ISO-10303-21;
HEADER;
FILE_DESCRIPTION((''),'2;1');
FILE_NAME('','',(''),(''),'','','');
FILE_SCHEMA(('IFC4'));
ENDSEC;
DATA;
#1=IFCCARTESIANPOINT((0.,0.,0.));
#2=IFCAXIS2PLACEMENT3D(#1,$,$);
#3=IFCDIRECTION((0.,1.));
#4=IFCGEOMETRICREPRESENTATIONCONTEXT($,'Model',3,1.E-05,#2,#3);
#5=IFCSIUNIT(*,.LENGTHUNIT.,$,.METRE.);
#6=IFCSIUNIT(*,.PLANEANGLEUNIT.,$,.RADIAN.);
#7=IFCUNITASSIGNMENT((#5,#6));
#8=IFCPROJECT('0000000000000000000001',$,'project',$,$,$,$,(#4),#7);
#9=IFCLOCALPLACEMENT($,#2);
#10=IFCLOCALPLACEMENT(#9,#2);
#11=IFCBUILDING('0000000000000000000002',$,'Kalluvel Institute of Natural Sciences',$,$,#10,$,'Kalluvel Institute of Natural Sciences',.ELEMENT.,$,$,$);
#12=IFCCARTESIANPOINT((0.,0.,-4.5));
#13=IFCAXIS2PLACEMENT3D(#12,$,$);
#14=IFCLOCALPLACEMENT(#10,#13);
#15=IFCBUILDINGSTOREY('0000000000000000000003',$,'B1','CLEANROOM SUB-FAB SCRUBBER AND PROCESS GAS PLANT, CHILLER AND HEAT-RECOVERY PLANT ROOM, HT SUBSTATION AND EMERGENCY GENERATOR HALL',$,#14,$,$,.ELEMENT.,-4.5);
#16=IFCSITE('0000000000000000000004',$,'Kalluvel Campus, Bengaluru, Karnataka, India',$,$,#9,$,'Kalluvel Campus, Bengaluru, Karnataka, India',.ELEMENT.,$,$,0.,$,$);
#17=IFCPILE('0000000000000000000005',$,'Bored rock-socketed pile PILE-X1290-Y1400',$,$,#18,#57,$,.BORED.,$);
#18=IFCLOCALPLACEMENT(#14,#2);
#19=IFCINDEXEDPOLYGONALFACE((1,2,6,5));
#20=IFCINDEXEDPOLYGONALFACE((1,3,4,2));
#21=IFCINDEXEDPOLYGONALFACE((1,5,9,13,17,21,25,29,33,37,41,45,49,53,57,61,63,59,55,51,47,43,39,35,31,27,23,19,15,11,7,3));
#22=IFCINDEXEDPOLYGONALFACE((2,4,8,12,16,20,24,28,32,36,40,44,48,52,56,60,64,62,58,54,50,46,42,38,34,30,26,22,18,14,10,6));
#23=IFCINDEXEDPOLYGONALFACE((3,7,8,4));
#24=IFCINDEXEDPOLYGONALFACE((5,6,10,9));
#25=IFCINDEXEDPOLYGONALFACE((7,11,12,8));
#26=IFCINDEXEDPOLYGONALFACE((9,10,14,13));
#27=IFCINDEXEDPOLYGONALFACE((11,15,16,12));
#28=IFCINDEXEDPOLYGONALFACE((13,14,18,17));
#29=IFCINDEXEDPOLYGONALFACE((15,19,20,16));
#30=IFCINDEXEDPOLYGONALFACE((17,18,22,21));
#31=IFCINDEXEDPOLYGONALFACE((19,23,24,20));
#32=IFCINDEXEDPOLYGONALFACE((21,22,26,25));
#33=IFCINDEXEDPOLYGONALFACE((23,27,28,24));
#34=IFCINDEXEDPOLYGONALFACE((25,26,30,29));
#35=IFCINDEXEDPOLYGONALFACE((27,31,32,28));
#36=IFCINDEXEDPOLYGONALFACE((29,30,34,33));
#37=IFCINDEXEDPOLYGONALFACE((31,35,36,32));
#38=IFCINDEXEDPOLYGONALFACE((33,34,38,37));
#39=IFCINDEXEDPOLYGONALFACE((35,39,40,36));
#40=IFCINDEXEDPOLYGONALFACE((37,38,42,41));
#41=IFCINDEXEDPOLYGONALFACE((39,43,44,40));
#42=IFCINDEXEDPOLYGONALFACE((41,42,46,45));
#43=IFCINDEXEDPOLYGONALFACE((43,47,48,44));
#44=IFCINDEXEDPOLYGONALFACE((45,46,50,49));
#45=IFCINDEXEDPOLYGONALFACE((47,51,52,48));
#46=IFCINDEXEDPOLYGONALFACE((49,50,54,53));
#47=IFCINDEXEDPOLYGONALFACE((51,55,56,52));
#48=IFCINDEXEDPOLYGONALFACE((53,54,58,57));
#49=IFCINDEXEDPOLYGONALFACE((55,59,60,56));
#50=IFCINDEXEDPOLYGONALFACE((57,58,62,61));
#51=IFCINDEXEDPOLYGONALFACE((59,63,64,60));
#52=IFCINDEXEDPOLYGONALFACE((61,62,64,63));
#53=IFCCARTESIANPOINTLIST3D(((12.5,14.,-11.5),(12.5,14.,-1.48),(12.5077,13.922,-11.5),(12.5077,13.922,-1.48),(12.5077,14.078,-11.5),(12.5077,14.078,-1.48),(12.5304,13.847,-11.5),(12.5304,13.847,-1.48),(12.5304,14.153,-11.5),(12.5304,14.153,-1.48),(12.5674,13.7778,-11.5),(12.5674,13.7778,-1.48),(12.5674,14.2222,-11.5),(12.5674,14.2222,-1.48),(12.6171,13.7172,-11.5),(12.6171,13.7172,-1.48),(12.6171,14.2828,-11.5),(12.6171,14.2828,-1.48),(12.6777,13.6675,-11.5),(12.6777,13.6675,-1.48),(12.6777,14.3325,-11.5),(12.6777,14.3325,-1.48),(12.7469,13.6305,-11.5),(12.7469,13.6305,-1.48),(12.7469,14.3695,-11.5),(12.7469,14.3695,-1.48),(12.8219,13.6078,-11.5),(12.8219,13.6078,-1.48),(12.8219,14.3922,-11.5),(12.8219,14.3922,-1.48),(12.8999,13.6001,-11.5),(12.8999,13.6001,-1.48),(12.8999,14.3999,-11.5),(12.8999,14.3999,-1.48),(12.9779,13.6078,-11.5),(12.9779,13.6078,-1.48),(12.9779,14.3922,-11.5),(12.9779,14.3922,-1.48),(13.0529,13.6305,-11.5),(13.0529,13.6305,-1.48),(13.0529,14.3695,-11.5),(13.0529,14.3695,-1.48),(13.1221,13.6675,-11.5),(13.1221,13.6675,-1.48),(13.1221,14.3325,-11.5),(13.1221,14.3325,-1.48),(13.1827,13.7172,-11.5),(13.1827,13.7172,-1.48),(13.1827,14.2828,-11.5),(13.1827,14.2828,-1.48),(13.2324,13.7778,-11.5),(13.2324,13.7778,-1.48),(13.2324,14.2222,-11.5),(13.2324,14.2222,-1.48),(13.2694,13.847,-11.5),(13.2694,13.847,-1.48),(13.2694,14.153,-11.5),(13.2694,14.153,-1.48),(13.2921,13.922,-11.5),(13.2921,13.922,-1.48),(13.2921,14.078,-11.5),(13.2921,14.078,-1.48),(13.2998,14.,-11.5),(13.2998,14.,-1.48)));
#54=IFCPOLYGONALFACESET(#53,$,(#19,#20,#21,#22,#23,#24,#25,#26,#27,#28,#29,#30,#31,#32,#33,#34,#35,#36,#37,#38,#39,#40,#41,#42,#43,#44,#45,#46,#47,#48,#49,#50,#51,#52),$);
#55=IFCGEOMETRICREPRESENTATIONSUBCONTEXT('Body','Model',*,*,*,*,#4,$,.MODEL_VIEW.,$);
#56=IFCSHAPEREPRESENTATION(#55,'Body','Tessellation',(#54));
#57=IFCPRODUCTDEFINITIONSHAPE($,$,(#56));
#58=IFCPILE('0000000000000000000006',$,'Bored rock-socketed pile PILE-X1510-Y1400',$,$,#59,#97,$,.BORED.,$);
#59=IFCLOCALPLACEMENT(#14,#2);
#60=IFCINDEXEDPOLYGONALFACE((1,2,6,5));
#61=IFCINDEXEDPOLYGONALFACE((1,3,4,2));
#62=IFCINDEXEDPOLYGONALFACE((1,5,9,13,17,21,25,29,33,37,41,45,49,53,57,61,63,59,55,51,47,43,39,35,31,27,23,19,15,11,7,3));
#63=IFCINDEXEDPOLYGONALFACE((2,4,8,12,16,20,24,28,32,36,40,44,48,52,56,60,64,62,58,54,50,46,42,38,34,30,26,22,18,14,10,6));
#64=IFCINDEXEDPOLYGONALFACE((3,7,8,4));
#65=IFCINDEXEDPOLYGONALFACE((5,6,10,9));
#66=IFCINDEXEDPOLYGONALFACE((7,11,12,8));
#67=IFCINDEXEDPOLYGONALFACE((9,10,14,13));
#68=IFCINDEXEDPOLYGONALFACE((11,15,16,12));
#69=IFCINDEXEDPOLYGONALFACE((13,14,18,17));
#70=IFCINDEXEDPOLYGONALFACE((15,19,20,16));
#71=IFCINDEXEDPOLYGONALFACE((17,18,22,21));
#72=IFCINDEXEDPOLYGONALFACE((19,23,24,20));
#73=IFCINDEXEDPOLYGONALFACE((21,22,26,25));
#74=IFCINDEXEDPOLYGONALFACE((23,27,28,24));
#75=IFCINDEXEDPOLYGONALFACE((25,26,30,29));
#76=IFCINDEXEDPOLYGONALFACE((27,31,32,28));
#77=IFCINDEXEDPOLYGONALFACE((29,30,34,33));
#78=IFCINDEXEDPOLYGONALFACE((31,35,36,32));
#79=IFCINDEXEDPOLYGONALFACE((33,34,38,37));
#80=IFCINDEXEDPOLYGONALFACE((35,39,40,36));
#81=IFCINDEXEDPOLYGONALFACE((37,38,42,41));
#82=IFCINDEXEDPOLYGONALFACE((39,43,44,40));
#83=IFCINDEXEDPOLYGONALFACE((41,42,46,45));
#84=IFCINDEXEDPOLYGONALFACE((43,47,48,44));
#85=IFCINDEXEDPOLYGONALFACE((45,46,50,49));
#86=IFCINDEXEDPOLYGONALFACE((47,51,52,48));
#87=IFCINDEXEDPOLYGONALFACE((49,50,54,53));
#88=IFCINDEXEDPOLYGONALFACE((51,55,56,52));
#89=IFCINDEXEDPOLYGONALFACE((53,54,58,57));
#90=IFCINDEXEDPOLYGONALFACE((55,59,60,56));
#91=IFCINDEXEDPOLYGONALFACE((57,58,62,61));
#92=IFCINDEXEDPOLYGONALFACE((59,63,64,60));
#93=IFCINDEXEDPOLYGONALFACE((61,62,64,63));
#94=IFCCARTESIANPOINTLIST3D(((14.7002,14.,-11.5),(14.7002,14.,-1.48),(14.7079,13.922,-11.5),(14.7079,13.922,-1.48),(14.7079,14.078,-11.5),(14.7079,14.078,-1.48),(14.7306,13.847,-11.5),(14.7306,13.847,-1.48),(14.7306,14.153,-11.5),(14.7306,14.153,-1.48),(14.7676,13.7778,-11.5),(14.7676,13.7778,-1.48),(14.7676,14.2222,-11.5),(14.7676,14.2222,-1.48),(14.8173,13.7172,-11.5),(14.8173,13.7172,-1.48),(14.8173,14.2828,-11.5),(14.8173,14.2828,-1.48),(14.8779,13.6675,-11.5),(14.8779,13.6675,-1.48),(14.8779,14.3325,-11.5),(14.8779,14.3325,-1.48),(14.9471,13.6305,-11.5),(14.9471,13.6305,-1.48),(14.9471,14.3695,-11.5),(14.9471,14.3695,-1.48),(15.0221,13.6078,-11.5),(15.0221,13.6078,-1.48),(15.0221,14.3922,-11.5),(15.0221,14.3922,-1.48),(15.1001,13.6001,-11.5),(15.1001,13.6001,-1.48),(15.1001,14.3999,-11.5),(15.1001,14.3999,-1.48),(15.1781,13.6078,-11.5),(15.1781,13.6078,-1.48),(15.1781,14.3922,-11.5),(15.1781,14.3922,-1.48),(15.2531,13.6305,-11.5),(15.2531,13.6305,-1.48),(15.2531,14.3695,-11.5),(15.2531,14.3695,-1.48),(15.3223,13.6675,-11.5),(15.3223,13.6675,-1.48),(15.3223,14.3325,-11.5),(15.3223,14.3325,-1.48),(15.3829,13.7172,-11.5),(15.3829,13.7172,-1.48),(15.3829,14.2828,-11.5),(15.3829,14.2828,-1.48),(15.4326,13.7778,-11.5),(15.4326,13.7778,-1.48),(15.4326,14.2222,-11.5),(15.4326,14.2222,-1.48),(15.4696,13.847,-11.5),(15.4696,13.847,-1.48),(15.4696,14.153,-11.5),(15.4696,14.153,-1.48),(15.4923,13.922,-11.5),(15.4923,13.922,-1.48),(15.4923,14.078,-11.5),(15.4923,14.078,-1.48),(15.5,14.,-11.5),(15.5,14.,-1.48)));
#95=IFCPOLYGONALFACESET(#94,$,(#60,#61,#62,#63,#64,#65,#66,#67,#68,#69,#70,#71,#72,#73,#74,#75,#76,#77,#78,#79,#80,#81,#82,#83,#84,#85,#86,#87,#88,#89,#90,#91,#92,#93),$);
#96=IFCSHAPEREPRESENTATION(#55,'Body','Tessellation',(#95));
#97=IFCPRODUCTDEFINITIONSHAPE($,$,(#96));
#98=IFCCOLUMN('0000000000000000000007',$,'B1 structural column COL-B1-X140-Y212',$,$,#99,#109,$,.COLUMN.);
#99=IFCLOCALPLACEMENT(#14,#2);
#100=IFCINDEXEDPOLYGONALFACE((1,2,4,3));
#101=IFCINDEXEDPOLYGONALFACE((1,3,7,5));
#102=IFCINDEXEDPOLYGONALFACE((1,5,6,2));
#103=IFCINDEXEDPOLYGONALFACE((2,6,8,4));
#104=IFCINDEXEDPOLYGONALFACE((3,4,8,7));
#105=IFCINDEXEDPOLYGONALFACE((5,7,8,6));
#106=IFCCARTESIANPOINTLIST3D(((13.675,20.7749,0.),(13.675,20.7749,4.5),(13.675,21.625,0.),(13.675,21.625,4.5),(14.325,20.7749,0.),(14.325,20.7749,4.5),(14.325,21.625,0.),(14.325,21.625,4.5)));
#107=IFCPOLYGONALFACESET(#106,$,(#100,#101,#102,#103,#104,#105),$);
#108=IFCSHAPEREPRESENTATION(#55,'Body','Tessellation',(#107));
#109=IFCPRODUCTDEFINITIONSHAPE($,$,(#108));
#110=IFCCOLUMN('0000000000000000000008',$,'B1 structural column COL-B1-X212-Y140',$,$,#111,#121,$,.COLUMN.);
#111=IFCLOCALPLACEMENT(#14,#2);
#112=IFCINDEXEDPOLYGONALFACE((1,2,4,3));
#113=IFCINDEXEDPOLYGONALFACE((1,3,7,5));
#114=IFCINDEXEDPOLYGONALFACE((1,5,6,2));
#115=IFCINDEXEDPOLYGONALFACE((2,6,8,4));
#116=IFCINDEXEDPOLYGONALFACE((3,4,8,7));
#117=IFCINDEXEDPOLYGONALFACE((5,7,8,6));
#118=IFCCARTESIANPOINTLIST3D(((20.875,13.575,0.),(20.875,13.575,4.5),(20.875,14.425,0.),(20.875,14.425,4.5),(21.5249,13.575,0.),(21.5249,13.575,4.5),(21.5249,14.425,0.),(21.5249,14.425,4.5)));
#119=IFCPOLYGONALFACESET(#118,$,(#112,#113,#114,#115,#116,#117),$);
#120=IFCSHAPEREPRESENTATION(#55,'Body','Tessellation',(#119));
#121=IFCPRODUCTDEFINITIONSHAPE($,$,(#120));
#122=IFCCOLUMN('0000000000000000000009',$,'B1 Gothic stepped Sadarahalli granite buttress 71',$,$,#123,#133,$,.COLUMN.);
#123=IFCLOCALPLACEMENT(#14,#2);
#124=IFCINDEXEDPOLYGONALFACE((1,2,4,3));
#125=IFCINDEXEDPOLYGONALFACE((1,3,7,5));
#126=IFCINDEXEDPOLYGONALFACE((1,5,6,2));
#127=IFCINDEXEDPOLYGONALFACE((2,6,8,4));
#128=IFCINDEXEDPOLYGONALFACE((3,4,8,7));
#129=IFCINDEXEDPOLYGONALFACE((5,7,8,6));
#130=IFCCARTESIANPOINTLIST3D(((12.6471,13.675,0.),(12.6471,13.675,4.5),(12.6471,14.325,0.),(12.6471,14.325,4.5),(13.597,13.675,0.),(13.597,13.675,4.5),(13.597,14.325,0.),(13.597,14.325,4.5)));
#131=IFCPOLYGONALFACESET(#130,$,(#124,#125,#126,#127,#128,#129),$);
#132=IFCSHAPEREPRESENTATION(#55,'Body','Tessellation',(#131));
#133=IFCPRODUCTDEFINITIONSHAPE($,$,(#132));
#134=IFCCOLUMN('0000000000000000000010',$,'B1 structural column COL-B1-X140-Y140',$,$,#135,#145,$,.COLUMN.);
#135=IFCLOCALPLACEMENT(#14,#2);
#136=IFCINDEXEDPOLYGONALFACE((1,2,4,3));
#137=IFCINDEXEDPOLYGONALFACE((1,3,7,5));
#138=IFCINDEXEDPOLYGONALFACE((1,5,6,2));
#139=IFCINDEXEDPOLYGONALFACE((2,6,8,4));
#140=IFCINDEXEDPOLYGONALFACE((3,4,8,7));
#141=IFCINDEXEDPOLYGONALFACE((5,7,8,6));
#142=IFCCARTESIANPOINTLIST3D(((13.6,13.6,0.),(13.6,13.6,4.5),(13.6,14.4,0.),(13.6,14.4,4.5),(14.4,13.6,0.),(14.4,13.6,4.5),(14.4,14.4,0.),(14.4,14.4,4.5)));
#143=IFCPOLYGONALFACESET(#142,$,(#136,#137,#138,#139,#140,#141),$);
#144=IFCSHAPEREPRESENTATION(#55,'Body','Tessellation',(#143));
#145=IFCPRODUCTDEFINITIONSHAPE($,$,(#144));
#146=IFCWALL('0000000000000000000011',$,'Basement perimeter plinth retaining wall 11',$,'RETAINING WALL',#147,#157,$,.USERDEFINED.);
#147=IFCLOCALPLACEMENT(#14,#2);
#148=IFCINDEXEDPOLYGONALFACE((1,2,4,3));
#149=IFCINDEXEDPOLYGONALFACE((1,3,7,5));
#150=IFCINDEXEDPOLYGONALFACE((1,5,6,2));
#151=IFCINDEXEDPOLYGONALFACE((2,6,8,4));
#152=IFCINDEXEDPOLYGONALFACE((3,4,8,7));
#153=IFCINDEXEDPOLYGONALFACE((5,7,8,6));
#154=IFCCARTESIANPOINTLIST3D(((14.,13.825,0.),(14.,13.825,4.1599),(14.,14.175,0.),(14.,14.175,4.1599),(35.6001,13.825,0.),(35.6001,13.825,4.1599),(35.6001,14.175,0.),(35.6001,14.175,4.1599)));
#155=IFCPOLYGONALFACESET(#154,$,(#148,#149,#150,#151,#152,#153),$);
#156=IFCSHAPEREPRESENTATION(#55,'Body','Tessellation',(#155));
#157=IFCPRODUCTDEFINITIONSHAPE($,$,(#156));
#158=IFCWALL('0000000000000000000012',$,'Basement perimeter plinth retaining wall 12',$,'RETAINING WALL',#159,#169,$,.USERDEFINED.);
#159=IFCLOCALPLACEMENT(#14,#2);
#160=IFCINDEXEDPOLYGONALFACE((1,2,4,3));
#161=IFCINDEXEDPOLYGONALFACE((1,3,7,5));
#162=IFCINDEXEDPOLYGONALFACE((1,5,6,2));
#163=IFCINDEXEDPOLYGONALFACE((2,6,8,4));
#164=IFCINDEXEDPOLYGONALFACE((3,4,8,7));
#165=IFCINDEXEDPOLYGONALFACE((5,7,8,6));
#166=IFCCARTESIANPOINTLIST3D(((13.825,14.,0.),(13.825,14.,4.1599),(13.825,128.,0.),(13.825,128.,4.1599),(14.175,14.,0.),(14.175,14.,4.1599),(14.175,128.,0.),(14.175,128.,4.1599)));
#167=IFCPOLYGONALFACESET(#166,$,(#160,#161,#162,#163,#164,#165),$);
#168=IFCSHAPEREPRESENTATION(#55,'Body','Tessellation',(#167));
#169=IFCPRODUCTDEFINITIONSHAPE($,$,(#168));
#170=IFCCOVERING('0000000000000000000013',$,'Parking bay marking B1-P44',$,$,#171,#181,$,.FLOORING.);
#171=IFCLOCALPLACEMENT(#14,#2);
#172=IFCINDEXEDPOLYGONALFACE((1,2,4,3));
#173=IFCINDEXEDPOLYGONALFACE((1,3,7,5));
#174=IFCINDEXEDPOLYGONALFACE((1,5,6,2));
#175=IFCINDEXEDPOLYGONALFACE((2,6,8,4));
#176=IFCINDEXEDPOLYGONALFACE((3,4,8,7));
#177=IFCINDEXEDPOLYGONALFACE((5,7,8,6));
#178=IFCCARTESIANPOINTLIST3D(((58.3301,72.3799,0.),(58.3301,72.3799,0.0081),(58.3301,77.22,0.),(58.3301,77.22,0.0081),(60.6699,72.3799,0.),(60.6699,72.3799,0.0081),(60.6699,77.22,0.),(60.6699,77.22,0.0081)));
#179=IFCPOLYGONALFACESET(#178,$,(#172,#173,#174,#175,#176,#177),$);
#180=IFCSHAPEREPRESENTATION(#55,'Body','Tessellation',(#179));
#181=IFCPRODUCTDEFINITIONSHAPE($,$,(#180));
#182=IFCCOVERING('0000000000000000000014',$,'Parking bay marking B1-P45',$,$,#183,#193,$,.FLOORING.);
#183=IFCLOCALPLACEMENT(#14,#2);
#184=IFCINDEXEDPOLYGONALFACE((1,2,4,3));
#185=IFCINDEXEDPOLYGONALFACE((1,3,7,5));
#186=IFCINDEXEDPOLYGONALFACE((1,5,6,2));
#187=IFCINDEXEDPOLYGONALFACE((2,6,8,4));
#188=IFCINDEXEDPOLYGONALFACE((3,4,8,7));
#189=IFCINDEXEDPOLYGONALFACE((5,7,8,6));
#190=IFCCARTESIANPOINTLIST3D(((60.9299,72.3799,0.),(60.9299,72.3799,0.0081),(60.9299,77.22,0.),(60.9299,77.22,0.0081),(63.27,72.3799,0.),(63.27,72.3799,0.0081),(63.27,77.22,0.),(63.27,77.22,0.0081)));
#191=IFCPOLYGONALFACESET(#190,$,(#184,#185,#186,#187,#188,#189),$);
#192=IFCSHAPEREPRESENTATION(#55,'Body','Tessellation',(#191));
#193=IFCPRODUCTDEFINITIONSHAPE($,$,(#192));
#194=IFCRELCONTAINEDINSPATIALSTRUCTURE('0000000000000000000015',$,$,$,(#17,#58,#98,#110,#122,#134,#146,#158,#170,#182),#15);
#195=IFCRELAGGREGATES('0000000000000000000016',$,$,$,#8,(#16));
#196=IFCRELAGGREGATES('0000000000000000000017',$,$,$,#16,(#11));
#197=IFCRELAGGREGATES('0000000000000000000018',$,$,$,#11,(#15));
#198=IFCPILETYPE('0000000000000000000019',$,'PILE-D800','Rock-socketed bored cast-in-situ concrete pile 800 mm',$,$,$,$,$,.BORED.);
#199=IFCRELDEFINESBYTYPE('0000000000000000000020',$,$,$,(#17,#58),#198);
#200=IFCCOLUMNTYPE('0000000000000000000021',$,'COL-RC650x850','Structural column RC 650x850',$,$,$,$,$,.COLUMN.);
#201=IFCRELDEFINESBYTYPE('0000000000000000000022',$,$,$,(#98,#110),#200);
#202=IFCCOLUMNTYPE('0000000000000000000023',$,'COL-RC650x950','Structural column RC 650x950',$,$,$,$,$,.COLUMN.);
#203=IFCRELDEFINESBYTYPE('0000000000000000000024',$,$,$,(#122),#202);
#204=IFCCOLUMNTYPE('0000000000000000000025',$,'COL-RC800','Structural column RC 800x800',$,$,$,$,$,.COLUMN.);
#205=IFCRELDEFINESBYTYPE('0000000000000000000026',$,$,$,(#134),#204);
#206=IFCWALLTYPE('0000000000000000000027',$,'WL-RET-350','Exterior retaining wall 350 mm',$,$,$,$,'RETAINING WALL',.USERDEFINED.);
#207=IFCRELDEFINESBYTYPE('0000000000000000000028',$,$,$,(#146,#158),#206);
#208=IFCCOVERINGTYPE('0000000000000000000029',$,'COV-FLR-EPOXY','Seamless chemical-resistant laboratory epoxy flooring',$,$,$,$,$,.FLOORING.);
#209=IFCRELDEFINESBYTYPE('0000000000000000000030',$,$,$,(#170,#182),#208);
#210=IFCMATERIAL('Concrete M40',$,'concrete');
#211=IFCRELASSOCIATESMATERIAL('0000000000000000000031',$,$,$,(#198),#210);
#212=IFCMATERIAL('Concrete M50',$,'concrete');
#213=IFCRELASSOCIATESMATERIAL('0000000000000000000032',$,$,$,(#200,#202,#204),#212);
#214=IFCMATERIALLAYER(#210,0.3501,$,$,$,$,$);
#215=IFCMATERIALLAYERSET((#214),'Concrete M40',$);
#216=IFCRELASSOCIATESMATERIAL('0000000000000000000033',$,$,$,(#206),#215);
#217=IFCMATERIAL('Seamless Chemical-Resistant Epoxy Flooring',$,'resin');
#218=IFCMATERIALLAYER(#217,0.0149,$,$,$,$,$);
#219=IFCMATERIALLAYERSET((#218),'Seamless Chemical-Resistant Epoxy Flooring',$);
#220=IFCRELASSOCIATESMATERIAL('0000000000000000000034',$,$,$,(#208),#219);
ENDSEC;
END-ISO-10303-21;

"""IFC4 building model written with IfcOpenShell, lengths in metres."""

from ifc_helpers import new_model, si_unit, direction, frame, frame_2d, origin, origin_2d, place, context, subcontext, project, spatial, polyline, rectangle, circle, outline, extrude, material, layer, layer_set, material_profile, profile_set, type_object, element, save


model = new_model("IFC4")

# Units and contexts
model_context = context("Model", 3, precision=1e-05, world=origin(), true_north=direction((0.0, 1.0)))
body_context = subcontext(model_context, "Body", "Model", "MODEL_VIEW")
ifc_project = project(units=[si_unit("LENGTHUNIT", "METRE"), si_unit("PLANEANGLEUNIT", "RADIAN")], contexts=[model_context])

# Site, building, storey
site_placement = place(None, origin())
site = spatial("IfcSite", under=ifc_project, at=site_placement, Name="Kalluvel Campus, Bengaluru, Karnataka, India", LongName="Kalluvel Campus, Bengaluru, Karnataka, India", CompositionType="ELEMENT", RefElevation=0.0)
building_placement = place(site_placement, origin())
building = spatial("IfcBuilding", under=site, at=building_placement, Name="Kalluvel Institute of Natural Sciences", LongName="Kalluvel Institute of Natural Sciences", CompositionType="ELEMENT")
storey_placement = place(building_placement, frame((0.0, 0.0, -4.5)))
storey = spatial("IfcBuildingStorey", under=building, at=storey_placement, Name="B1", Description="CLEANROOM SUB-FAB SCRUBBER AND PROCESS GAS PLANT, CHILLER AND HEAT-RECOVERY PLANT ROOM, HT SUBSTATION AND EMERGENCY GENERATOR HALL", CompositionType="ELEMENT", Elevation=-4.5)

# Shared definitions
ifc_material_1 = material(Name="Concrete M40", Category="concrete")

# Piles
ifc_material_profile_1 = material_profile(ifc_material_1, circle(Radius=0.3999, at=origin_2d()), Name="PILE D800")
ifc_profile_set_1 = profile_set([ifc_material_profile_1], Name="Concrete M40")
pile_type_1 = type_object("IfcPileType", Name="PILE-D800", Description="Rock-socketed bored cast-in-situ concrete pile 800 mm", PredefinedType="BORED", material=ifc_profile_set_1)
for number, where, z_axis, x_axis, name in (
    (1, (12.8999, 14.0, -1.48), (0.0, 0.0, -1.0), (1.0, 0.0, 0.0), "Bored rock-socketed pile PILE-X1290-Y1400"),
    (2, (15.1001, 14.0, -1.48), (0.0, 0.0, -1.0), (1.0, 0.0, 0.0), "Bored rock-socketed pile PILE-X1510-Y1400"),
):
    element("IfcPile", number, at=place(storey_placement, frame(where, z_axis=z_axis, x_axis=x_axis)), inside=storey, type_object=pile_type_1, Name=name, PredefinedType="BORED", context=body_context, shape_type="SweptSolid", body=[
        extrude(circle(Radius=0.3999, at=origin_2d()), origin(), (0.0, 0.0, 1.0), 10.02),
    ])

# Columns
ifc_material_2 = material(Name="Concrete M50", Category="concrete")
ifc_material_profile_2 = material_profile(ifc_material_2, rectangle(XDim=0.6499, YDim=0.8501, at=origin_2d()), Name="RC 650x850")
ifc_profile_set_2 = profile_set([ifc_material_profile_2], Name="Concrete M50")
column_type_1 = type_object("IfcColumnType", Name="COL-RC650x850", Description="Structural column RC 650x850", PredefinedType="COLUMN", material=ifc_profile_set_2)
for number, where, z_axis, x_axis, name in (
    (3, (14.0, 21.2, 0.0), (0.0, 0.0, 1.0), (1.0, 0.0, 0.0), "B1 structural column COL-B1-X140-Y212"),
    (4, (21.2, 14.0, 0.0), (0.0, 0.0, 1.0), (1.0, 0.0, 0.0), "B1 structural column COL-B1-X212-Y140"),
):
    element("IfcColumn", number, at=place(storey_placement, frame(where, z_axis=z_axis, x_axis=x_axis)), inside=storey, type_object=column_type_1, Name=name, PredefinedType="COLUMN", context=body_context, shape_type="SweptSolid", body=[
        extrude(rectangle(XDim=0.6499, YDim=0.8501, at=origin_2d()), origin(), (0.0, 0.0, 1.0), 4.5),
    ])
ifc_material_profile_3 = material_profile(ifc_material_2, rectangle(XDim=0.6499, YDim=0.95, at=origin_2d()), Name="RC 650x950")
ifc_profile_set_3 = profile_set([ifc_material_profile_3], Name="Concrete M50")
column_type_2 = type_object("IfcColumnType", Name="COL-RC650x950", Description="Structural column RC 650x950", PredefinedType="COLUMN", material=ifc_profile_set_3)
column_1_placement = place(storey_placement, frame((13.1221, 14.0, 0.0), z_axis=(0.0, 0.0, 1.0), x_axis=(0.0, 1.0, 0.0)))
element("IfcColumn", 5, at=column_1_placement, inside=storey, type_object=column_type_2, Name="B1 Gothic stepped Sadarahalli granite buttress 71", PredefinedType="COLUMN", context=body_context, shape_type="SweptSolid", body=[
    extrude(rectangle(XDim=0.6499, YDim=0.95, at=origin_2d()), origin(), (0.0, 0.0, 1.0), 4.5),
])
ifc_material_profile_4 = material_profile(ifc_material_2, rectangle(XDim=0.8, YDim=0.8, at=origin_2d()), Name="RC 800x800")
ifc_profile_set_4 = profile_set([ifc_material_profile_4], Name="Concrete M50")
column_type_3 = type_object("IfcColumnType", Name="COL-RC800", Description="Structural column RC 800x800", PredefinedType="COLUMN", material=ifc_profile_set_4)
column_2_placement = place(storey_placement, frame((14.0, 14.0, 0.0), z_axis=(0.0, 0.0, 1.0), x_axis=(1.0, 0.0, 0.0)))
element("IfcColumn", 6, at=column_2_placement, inside=storey, type_object=column_type_3, Name="B1 structural column COL-B1-X140-Y140", PredefinedType="COLUMN", context=body_context, shape_type="SweptSolid", body=[
    extrude(rectangle(XDim=0.8, YDim=0.8, at=origin_2d()), origin(), (0.0, 0.0, 1.0), 4.5),
])

# Walls
ifc_layer_1 = layer(ifc_material_1, 0.3501)
ifc_layer_set_1 = layer_set([ifc_layer_1], Name="Concrete M40")
wall_type = type_object("IfcWallType", Name="WL-RET-350", Description="Exterior retaining wall 350 mm", ElementType="RETAINING WALL", PredefinedType="USERDEFINED", material=ifc_layer_set_1)
wall_1_placement = place(storey_placement, frame((14.0, 14.0, 0.0), z_axis=(0.0, 0.0, 1.0), x_axis=(1.0, 0.0, 0.0)))
element("IfcWall", 7, at=wall_1_placement, inside=storey, type_object=wall_type, Name="Basement perimeter plinth retaining wall 11", ObjectType="RETAINING WALL", PredefinedType="USERDEFINED", context=body_context, shape_type="SweptSolid", body=[
    extrude(rectangle(XDim=21.6001, YDim=0.3501, at=frame_2d((10.8, 0.0))), origin(), (0.0, 0.0, 1.0), 4.1599),
])
wall_2_placement = place(storey_placement, frame((14.0, 14.0, 0.0), z_axis=(0.0, 0.0, 1.0), x_axis=(0.0, 1.0, 0.0)))
element("IfcWall", 8, at=wall_2_placement, inside=storey, type_object=wall_type, Name="Basement perimeter plinth retaining wall 12", ObjectType="RETAINING WALL", PredefinedType="USERDEFINED", context=body_context, shape_type="SweptSolid", body=[
    extrude(rectangle(XDim=114.0, YDim=0.3501, at=frame_2d((57.0, 0.0))), origin(), (0.0, 0.0, 1.0), 4.1599),
])

# Coverings
ifc_material_3 = material(Name="Seamless Chemical-Resistant Epoxy Flooring", Category="resin")
ifc_layer_2 = layer(ifc_material_3, 0.0149)
ifc_layer_set_2 = layer_set([ifc_layer_2], Name="Seamless Chemical-Resistant Epoxy Flooring")
covering_type = type_object("IfcCoveringType", Name="COV-FLR-EPOXY", Description="Seamless chemical-resistant laboratory epoxy flooring", PredefinedType="FLOORING", material=ifc_layer_set_2)
covering_1_placement = place(storey_placement, origin())
element("IfcCovering", 9, at=covering_1_placement, inside=storey, type_object=covering_type, Name="Parking bay marking B1-P44", PredefinedType="FLOORING", context=body_context, shape_type="SweptSolid", body=[
    extrude(outline(polyline([(58.3301, 72.3799), (60.6699, 72.3799), (60.6699, 77.22), (58.3301, 77.22), (58.3301, 72.3799)])), origin(), (0.0, 0.0, 1.0), 0.0081),
])
covering_2_placement = place(storey_placement, origin())
element("IfcCovering", 10, at=covering_2_placement, inside=storey, type_object=covering_type, Name="Parking bay marking B1-P45", PredefinedType="FLOORING", context=body_context, shape_type="SweptSolid", body=[
    extrude(outline(polyline([(60.9299, 72.3799), (63.27, 72.3799), (63.27, 77.22), (60.9299, 77.22), (60.9299, 72.3799)])), origin(), (0.0, 0.0, 1.0), 0.0081),
])

save(model, "model.ifc")
